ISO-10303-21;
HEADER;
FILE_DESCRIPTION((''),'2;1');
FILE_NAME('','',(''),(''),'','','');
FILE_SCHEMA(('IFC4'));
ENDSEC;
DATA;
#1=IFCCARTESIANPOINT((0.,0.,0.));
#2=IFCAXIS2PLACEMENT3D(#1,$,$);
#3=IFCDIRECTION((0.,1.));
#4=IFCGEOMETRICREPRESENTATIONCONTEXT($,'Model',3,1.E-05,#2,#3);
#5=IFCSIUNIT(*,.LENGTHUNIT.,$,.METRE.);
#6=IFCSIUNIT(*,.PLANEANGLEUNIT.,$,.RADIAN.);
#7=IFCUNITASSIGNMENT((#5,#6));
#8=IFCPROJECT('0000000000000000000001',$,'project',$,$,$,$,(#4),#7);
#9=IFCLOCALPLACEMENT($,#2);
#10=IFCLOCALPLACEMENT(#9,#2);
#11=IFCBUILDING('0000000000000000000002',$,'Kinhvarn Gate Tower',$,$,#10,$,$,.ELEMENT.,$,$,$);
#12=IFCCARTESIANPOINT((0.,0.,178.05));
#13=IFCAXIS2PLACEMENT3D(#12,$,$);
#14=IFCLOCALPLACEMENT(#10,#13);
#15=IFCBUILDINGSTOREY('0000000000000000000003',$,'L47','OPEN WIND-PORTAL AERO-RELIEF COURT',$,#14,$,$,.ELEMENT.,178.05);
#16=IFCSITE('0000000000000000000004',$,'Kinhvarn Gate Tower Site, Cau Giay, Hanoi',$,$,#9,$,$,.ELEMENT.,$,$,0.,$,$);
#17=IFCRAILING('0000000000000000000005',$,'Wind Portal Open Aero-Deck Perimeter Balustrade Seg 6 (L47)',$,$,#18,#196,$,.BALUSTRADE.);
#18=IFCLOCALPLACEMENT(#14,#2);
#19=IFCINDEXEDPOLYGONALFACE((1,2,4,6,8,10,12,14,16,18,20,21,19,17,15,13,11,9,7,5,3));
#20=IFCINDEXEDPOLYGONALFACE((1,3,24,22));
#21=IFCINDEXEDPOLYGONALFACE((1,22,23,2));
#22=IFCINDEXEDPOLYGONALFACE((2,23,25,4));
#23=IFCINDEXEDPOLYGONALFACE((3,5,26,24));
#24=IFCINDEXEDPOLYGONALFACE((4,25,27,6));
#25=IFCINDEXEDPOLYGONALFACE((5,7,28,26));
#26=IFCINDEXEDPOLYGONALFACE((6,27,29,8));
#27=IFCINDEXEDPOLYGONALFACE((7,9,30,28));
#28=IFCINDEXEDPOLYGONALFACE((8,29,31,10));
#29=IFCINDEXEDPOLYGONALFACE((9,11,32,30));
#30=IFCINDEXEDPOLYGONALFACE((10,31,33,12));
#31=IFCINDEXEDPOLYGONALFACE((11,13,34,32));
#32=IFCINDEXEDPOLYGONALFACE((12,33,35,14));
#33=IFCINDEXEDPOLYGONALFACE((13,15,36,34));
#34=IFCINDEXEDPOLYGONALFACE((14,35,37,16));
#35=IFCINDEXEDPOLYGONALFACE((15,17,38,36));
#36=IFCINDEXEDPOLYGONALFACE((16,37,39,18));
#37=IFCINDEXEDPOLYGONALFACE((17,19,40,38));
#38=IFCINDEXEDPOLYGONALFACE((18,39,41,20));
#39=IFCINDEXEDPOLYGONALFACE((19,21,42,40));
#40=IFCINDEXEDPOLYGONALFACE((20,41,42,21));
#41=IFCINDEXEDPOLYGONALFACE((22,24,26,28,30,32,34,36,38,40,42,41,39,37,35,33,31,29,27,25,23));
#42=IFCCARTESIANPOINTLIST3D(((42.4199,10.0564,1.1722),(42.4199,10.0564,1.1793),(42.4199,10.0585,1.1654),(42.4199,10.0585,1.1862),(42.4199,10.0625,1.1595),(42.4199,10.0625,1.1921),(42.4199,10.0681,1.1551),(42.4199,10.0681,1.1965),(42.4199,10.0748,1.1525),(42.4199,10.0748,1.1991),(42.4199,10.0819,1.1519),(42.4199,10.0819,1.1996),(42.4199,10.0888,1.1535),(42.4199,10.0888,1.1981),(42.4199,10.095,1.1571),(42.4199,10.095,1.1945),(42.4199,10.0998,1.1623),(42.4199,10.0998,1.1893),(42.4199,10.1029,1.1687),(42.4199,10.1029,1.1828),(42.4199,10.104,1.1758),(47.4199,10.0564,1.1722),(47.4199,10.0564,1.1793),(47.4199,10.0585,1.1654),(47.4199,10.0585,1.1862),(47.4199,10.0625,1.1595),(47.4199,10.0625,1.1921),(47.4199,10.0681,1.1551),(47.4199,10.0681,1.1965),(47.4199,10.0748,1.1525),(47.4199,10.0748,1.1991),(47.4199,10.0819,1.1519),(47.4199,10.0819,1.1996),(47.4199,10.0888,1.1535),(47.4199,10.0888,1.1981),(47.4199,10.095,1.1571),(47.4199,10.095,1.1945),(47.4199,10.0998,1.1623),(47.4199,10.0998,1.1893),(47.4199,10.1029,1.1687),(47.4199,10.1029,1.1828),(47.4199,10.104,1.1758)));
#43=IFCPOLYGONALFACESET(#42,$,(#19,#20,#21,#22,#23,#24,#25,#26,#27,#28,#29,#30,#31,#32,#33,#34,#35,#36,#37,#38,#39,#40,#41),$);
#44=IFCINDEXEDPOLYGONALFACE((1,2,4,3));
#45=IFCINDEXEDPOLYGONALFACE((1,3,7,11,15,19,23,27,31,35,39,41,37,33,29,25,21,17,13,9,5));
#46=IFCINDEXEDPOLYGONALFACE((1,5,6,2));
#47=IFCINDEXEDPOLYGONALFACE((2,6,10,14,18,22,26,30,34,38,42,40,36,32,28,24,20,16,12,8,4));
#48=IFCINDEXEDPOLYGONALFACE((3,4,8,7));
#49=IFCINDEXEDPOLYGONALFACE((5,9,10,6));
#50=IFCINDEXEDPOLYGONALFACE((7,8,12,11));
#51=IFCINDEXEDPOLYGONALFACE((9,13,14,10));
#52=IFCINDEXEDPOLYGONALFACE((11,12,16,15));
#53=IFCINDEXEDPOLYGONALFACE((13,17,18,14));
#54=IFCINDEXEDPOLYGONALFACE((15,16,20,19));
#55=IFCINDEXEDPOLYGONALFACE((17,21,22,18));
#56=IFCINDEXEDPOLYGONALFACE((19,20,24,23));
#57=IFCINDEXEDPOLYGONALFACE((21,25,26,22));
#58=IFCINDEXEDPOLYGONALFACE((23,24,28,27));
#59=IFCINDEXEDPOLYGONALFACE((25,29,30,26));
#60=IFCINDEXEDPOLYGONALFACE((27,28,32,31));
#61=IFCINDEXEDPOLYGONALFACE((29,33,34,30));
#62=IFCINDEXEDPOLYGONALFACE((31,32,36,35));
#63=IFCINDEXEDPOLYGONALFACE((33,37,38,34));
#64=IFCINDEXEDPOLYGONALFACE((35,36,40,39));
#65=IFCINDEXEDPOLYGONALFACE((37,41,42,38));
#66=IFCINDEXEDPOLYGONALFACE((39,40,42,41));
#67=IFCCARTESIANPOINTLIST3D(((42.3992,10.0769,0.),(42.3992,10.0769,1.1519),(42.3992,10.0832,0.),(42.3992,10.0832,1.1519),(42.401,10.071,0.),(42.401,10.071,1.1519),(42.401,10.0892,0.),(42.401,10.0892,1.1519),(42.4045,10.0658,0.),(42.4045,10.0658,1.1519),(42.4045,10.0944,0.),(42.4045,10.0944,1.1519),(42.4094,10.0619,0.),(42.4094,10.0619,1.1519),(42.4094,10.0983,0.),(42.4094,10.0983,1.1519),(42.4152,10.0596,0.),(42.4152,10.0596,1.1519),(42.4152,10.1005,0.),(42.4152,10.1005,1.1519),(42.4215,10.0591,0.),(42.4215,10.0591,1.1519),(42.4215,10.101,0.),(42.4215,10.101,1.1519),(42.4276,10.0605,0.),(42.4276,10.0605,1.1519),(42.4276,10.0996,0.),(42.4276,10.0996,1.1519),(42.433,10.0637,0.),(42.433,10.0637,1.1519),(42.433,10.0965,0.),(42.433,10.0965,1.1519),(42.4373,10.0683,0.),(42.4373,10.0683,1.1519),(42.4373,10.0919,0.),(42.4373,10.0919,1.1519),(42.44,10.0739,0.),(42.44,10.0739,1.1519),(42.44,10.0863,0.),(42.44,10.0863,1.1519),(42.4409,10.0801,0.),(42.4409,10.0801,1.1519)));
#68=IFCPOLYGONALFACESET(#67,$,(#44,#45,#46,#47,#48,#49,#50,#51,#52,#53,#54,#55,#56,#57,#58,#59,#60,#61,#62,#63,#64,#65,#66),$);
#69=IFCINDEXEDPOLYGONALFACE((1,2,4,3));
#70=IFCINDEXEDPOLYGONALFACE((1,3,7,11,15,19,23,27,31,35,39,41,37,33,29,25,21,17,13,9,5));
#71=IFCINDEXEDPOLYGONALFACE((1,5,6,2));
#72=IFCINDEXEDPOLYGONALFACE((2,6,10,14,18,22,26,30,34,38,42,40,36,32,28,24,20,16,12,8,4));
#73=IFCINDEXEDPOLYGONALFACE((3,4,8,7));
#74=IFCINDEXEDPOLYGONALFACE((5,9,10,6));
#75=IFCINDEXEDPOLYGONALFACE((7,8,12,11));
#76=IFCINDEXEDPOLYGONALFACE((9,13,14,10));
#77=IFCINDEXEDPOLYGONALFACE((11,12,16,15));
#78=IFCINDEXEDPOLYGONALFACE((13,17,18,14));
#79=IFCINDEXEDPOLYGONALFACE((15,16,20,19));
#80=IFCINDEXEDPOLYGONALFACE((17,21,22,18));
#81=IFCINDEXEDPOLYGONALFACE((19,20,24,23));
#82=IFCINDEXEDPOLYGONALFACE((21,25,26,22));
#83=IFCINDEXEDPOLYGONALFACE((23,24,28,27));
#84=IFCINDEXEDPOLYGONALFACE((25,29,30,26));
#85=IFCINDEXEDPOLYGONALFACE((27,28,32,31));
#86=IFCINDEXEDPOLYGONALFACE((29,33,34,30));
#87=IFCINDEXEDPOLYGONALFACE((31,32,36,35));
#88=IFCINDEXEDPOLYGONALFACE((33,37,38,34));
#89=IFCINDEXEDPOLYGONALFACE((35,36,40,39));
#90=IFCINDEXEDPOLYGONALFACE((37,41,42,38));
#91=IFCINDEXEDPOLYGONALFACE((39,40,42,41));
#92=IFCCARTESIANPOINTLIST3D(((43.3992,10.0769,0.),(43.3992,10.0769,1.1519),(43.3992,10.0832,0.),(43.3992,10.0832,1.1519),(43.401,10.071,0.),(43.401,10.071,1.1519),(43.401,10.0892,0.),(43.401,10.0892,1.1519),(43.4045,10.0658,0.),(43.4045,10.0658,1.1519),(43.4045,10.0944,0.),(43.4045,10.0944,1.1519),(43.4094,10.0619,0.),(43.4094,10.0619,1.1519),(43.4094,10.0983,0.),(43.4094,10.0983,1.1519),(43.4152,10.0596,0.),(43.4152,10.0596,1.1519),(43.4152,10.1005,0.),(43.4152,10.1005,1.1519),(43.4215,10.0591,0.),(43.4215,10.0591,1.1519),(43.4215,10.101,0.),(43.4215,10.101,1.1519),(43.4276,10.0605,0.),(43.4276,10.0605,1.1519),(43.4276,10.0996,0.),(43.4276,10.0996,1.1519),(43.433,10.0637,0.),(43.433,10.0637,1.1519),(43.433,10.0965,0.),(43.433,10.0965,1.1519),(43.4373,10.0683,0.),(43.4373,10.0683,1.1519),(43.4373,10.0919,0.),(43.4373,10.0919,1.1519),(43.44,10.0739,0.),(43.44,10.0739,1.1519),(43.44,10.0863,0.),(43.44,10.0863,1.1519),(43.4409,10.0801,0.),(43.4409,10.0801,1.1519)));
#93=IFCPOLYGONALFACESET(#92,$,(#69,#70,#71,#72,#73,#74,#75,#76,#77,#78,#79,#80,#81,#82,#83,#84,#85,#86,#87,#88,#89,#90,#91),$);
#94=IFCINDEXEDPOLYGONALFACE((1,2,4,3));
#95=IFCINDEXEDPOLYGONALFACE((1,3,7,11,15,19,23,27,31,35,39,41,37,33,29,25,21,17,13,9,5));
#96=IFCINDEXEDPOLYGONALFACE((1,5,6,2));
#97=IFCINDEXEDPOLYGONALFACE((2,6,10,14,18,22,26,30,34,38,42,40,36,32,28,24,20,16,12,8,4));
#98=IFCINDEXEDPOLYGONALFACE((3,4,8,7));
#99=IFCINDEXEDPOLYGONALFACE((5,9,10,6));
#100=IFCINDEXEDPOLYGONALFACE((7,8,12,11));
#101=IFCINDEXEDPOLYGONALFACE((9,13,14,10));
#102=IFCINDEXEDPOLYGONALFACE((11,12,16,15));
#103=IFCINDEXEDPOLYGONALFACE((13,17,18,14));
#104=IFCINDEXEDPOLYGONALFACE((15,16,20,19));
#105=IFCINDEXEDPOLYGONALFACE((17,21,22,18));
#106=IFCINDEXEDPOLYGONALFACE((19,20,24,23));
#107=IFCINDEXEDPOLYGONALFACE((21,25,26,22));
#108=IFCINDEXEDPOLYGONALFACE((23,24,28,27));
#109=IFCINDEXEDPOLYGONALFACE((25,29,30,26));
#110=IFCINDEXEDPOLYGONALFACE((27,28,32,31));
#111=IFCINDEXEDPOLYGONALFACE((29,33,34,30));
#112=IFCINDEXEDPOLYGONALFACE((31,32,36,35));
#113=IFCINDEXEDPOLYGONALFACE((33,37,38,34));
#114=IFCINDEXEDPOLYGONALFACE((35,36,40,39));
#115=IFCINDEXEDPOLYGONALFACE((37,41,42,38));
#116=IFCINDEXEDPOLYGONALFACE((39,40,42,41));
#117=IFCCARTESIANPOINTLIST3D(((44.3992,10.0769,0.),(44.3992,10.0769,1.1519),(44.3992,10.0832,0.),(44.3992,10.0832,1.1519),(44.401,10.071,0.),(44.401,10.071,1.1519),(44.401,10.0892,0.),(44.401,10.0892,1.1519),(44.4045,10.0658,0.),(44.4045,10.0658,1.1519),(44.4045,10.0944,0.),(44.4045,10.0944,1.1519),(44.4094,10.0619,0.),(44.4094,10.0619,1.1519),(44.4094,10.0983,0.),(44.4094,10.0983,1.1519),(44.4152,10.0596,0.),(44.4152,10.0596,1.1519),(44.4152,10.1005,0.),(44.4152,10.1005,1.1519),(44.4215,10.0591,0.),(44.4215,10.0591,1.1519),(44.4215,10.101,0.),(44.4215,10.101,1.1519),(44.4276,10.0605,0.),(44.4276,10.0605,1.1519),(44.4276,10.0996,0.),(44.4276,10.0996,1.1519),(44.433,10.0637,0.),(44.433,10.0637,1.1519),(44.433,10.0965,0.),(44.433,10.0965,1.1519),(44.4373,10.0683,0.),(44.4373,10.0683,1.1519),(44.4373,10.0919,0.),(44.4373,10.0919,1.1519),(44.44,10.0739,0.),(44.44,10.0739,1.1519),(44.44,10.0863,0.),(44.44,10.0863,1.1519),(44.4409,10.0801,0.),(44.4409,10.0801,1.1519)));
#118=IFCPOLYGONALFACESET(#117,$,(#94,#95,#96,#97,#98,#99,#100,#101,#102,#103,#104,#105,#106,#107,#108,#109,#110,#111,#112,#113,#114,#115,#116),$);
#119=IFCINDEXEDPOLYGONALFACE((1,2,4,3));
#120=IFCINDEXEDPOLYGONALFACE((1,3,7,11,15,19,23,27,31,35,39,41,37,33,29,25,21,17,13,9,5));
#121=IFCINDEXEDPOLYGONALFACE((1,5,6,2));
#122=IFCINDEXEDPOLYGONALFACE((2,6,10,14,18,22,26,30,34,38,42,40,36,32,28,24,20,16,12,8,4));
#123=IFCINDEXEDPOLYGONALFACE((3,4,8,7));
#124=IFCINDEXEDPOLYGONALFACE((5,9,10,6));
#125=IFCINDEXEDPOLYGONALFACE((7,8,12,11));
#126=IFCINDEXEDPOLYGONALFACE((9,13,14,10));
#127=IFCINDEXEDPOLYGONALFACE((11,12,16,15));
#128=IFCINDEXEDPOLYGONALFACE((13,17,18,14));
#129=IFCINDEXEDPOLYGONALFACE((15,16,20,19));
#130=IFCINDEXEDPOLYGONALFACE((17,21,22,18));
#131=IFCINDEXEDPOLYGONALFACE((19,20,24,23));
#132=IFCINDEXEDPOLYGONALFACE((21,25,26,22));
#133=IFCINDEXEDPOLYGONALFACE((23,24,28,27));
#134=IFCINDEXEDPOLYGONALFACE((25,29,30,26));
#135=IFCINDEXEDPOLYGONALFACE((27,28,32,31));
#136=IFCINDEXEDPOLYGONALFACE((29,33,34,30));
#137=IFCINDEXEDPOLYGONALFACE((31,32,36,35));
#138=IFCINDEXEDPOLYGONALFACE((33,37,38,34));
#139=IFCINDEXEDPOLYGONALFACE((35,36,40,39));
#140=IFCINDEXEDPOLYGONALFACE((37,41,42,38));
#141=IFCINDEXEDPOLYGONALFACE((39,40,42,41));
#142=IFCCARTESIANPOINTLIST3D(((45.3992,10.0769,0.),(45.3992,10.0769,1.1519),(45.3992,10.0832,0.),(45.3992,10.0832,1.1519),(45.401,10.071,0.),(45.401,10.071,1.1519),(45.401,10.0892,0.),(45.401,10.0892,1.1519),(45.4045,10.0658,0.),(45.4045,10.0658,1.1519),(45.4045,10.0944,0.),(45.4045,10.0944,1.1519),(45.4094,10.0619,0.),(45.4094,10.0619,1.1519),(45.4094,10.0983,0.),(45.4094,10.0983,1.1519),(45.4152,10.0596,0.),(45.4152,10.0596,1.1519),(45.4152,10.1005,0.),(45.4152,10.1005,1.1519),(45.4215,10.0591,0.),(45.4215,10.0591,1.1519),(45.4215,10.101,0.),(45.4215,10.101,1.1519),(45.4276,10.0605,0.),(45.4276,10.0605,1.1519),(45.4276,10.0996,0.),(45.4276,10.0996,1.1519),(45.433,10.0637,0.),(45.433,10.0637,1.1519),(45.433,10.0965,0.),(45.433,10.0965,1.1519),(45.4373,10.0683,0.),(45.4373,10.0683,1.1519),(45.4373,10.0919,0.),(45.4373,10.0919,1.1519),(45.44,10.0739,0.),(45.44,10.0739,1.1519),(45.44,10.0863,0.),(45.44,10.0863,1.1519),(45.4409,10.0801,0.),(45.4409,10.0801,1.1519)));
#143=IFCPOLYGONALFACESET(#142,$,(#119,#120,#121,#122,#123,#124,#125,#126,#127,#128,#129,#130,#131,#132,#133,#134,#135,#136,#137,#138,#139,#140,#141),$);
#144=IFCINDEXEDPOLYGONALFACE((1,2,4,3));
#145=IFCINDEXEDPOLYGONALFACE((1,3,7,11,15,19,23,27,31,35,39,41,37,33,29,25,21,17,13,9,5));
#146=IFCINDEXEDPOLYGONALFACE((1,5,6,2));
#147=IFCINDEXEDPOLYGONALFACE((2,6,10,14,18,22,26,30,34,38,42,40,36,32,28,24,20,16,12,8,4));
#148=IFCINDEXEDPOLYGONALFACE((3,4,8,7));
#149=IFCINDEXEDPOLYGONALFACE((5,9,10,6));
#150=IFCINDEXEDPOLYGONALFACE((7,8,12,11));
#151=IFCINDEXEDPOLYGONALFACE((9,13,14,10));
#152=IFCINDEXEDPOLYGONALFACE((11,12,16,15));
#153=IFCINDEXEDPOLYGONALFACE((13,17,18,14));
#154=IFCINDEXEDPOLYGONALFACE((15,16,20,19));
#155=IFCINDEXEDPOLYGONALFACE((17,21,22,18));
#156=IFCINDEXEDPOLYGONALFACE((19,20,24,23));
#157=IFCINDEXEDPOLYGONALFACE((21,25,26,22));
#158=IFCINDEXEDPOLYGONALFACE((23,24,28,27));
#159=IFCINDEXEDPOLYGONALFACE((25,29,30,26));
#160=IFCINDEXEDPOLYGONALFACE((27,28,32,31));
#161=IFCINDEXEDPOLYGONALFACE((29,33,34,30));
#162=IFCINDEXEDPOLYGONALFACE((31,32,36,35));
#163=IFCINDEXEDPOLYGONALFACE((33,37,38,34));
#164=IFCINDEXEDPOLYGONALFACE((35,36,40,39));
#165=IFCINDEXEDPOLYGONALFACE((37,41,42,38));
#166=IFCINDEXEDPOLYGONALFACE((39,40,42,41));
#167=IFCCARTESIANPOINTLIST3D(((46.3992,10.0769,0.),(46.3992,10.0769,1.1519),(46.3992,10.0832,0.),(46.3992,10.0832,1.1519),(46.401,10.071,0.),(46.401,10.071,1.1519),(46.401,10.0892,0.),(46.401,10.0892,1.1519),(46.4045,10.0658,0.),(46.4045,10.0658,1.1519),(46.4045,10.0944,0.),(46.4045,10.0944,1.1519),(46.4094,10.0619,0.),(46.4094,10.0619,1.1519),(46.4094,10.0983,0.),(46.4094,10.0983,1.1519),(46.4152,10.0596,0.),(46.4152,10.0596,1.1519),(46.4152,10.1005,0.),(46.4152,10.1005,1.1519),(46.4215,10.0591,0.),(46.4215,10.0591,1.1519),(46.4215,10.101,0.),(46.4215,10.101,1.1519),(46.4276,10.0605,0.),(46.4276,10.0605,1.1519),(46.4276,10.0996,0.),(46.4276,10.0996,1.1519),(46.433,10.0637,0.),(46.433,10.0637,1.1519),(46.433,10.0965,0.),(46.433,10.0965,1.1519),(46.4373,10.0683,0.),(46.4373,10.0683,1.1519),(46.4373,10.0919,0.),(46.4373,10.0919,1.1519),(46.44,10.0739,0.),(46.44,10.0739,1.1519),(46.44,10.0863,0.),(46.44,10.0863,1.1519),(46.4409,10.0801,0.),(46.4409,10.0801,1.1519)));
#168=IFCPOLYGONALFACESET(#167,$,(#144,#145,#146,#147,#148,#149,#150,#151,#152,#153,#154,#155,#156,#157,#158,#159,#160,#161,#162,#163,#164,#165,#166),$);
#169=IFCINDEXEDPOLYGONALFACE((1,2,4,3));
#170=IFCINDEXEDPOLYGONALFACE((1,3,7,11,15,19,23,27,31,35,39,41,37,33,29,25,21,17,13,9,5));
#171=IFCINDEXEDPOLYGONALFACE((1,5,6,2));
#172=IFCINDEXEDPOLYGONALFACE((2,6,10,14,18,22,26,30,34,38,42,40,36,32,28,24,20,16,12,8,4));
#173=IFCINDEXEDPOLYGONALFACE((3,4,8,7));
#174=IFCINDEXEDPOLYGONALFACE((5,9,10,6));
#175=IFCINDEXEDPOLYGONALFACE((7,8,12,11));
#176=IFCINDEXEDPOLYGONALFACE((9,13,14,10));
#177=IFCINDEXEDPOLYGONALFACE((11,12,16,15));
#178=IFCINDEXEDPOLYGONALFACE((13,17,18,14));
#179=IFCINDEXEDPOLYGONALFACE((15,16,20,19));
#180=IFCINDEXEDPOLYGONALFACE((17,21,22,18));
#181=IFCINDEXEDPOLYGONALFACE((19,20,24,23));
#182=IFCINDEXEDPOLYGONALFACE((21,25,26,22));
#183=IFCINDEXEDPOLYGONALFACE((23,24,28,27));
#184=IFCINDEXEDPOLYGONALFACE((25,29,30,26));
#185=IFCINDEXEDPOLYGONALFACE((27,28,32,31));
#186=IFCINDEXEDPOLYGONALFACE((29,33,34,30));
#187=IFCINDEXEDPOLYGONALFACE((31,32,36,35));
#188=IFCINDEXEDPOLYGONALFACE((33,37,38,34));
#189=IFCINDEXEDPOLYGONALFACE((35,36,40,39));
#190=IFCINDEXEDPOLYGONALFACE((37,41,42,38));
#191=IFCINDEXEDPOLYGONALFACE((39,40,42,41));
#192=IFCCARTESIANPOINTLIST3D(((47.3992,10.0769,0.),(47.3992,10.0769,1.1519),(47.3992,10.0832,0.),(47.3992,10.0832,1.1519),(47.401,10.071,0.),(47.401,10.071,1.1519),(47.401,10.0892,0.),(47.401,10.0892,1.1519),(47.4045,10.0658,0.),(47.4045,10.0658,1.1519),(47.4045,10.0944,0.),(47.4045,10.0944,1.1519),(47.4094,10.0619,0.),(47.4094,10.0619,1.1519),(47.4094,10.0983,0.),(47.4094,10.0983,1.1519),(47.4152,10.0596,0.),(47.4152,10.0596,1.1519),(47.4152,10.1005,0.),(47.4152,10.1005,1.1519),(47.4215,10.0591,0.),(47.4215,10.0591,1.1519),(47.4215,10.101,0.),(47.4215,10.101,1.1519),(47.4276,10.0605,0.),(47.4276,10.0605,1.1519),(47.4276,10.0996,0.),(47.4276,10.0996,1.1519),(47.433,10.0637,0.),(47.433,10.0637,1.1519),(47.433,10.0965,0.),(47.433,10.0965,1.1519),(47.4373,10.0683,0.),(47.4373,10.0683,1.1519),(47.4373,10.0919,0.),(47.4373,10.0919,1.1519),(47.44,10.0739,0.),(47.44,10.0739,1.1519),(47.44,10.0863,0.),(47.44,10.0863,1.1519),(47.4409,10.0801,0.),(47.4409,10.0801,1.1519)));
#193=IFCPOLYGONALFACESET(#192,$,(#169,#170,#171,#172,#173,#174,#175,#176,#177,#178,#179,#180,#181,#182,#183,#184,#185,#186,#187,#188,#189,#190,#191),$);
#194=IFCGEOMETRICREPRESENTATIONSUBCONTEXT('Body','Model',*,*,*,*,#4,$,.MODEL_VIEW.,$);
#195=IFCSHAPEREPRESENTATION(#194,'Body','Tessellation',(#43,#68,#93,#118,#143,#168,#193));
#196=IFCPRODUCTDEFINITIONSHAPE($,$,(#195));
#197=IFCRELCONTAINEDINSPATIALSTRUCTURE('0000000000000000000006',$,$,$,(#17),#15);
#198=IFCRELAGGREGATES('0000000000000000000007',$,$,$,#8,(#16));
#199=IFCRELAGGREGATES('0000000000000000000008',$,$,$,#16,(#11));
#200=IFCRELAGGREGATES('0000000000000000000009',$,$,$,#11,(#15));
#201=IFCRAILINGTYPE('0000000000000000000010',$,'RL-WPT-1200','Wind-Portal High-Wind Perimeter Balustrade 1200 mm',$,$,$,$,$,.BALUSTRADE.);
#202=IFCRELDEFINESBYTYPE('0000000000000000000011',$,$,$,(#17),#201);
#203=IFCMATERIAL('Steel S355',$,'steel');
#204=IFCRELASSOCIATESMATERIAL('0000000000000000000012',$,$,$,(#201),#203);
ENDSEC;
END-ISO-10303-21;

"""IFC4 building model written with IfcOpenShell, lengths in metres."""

from ifc_helpers import new_model, si_unit, direction, frame, origin, origin_2d, place, context, subcontext, project, spatial, circle, extrude, material, type_object, element, save


model = new_model("IFC4")

# Units and contexts
model_context = context("Model", 3, precision=1e-05, world=origin(), true_north=direction((0.0, 1.0)))
body_context = subcontext(model_context, "Body", "Model", "MODEL_VIEW")
ifc_project = project(units=[si_unit("LENGTHUNIT", "METRE"), si_unit("PLANEANGLEUNIT", "RADIAN")], contexts=[model_context])

# Site, building, storey
site_placement = place(None, origin())
site = spatial("IfcSite", under=ifc_project, at=site_placement, Name="Kinhvarn Gate Tower Site, Cau Giay, Hanoi", CompositionType="ELEMENT", RefElevation=0.0)
building_placement = place(site_placement, origin())
building = spatial("IfcBuilding", under=site, at=building_placement, Name="Kinhvarn Gate Tower", CompositionType="ELEMENT")
storey_placement = place(building_placement, frame((0.0, 0.0, 178.05)))
storey = spatial("IfcBuildingStorey", under=building, at=storey_placement, Name="L47", Description="OPEN WIND-PORTAL AERO-RELIEF COURT", CompositionType="ELEMENT", Elevation=178.05)

# Shared definitions
ifc_material_1 = material(Name="Steel S355", Category="steel")

# Railing
railing_type = type_object("IfcRailingType", Name="RL-WPT-1200", Description="Wind-Portal High-Wind Perimeter Balustrade 1200 mm", PredefinedType="BALUSTRADE", material=ifc_material_1)
railing_1_placement = place(storey_placement, frame((42.4199, 10.0801, 0.0)))
element("IfcRailing", 1, at=railing_1_placement, inside=storey, type_object=railing_type, Name="Wind Portal Open Aero-Deck Perimeter Balustrade Seg 6 (L47)", PredefinedType="BALUSTRADE", context=body_context, shape_type="SweptSolid", body=[
    extrude(circle(Radius=0.0239, at=origin_2d()), frame((0.0, 0.0, 1.1758), z_axis=(1.0, 0.0, 0.0), x_axis=(0.0, 1.0, 0.0)), (0.0, 0.0, 1.0), 5.0),
    extrude(circle(Radius=0.021, at=origin_2d()), origin(), (0.0, 0.0, 1.0), 1.1519),
    extrude(circle(Radius=0.021, at=origin_2d()), frame((1.0, 0.0, 0.0)), (0.0, 0.0, 1.0), 1.1519),
    extrude(circle(Radius=0.021, at=origin_2d()), frame((2.0, 0.0, 0.0)), (0.0, 0.0, 1.0), 1.1519),
    extrude(circle(Radius=0.021, at=origin_2d()), frame((3.0, 0.0, 0.0)), (0.0, 0.0, 1.0), 1.1519),
    extrude(circle(Radius=0.021, at=origin_2d()), frame((4.0, 0.0, 0.0)), (0.0, 0.0, 1.0), 1.1519),
    extrude(circle(Radius=0.021, at=origin_2d()), frame((5.0, 0.0, 0.0)), (0.0, 0.0, 1.0), 1.1519),
])

save(model, "model.ifc")
